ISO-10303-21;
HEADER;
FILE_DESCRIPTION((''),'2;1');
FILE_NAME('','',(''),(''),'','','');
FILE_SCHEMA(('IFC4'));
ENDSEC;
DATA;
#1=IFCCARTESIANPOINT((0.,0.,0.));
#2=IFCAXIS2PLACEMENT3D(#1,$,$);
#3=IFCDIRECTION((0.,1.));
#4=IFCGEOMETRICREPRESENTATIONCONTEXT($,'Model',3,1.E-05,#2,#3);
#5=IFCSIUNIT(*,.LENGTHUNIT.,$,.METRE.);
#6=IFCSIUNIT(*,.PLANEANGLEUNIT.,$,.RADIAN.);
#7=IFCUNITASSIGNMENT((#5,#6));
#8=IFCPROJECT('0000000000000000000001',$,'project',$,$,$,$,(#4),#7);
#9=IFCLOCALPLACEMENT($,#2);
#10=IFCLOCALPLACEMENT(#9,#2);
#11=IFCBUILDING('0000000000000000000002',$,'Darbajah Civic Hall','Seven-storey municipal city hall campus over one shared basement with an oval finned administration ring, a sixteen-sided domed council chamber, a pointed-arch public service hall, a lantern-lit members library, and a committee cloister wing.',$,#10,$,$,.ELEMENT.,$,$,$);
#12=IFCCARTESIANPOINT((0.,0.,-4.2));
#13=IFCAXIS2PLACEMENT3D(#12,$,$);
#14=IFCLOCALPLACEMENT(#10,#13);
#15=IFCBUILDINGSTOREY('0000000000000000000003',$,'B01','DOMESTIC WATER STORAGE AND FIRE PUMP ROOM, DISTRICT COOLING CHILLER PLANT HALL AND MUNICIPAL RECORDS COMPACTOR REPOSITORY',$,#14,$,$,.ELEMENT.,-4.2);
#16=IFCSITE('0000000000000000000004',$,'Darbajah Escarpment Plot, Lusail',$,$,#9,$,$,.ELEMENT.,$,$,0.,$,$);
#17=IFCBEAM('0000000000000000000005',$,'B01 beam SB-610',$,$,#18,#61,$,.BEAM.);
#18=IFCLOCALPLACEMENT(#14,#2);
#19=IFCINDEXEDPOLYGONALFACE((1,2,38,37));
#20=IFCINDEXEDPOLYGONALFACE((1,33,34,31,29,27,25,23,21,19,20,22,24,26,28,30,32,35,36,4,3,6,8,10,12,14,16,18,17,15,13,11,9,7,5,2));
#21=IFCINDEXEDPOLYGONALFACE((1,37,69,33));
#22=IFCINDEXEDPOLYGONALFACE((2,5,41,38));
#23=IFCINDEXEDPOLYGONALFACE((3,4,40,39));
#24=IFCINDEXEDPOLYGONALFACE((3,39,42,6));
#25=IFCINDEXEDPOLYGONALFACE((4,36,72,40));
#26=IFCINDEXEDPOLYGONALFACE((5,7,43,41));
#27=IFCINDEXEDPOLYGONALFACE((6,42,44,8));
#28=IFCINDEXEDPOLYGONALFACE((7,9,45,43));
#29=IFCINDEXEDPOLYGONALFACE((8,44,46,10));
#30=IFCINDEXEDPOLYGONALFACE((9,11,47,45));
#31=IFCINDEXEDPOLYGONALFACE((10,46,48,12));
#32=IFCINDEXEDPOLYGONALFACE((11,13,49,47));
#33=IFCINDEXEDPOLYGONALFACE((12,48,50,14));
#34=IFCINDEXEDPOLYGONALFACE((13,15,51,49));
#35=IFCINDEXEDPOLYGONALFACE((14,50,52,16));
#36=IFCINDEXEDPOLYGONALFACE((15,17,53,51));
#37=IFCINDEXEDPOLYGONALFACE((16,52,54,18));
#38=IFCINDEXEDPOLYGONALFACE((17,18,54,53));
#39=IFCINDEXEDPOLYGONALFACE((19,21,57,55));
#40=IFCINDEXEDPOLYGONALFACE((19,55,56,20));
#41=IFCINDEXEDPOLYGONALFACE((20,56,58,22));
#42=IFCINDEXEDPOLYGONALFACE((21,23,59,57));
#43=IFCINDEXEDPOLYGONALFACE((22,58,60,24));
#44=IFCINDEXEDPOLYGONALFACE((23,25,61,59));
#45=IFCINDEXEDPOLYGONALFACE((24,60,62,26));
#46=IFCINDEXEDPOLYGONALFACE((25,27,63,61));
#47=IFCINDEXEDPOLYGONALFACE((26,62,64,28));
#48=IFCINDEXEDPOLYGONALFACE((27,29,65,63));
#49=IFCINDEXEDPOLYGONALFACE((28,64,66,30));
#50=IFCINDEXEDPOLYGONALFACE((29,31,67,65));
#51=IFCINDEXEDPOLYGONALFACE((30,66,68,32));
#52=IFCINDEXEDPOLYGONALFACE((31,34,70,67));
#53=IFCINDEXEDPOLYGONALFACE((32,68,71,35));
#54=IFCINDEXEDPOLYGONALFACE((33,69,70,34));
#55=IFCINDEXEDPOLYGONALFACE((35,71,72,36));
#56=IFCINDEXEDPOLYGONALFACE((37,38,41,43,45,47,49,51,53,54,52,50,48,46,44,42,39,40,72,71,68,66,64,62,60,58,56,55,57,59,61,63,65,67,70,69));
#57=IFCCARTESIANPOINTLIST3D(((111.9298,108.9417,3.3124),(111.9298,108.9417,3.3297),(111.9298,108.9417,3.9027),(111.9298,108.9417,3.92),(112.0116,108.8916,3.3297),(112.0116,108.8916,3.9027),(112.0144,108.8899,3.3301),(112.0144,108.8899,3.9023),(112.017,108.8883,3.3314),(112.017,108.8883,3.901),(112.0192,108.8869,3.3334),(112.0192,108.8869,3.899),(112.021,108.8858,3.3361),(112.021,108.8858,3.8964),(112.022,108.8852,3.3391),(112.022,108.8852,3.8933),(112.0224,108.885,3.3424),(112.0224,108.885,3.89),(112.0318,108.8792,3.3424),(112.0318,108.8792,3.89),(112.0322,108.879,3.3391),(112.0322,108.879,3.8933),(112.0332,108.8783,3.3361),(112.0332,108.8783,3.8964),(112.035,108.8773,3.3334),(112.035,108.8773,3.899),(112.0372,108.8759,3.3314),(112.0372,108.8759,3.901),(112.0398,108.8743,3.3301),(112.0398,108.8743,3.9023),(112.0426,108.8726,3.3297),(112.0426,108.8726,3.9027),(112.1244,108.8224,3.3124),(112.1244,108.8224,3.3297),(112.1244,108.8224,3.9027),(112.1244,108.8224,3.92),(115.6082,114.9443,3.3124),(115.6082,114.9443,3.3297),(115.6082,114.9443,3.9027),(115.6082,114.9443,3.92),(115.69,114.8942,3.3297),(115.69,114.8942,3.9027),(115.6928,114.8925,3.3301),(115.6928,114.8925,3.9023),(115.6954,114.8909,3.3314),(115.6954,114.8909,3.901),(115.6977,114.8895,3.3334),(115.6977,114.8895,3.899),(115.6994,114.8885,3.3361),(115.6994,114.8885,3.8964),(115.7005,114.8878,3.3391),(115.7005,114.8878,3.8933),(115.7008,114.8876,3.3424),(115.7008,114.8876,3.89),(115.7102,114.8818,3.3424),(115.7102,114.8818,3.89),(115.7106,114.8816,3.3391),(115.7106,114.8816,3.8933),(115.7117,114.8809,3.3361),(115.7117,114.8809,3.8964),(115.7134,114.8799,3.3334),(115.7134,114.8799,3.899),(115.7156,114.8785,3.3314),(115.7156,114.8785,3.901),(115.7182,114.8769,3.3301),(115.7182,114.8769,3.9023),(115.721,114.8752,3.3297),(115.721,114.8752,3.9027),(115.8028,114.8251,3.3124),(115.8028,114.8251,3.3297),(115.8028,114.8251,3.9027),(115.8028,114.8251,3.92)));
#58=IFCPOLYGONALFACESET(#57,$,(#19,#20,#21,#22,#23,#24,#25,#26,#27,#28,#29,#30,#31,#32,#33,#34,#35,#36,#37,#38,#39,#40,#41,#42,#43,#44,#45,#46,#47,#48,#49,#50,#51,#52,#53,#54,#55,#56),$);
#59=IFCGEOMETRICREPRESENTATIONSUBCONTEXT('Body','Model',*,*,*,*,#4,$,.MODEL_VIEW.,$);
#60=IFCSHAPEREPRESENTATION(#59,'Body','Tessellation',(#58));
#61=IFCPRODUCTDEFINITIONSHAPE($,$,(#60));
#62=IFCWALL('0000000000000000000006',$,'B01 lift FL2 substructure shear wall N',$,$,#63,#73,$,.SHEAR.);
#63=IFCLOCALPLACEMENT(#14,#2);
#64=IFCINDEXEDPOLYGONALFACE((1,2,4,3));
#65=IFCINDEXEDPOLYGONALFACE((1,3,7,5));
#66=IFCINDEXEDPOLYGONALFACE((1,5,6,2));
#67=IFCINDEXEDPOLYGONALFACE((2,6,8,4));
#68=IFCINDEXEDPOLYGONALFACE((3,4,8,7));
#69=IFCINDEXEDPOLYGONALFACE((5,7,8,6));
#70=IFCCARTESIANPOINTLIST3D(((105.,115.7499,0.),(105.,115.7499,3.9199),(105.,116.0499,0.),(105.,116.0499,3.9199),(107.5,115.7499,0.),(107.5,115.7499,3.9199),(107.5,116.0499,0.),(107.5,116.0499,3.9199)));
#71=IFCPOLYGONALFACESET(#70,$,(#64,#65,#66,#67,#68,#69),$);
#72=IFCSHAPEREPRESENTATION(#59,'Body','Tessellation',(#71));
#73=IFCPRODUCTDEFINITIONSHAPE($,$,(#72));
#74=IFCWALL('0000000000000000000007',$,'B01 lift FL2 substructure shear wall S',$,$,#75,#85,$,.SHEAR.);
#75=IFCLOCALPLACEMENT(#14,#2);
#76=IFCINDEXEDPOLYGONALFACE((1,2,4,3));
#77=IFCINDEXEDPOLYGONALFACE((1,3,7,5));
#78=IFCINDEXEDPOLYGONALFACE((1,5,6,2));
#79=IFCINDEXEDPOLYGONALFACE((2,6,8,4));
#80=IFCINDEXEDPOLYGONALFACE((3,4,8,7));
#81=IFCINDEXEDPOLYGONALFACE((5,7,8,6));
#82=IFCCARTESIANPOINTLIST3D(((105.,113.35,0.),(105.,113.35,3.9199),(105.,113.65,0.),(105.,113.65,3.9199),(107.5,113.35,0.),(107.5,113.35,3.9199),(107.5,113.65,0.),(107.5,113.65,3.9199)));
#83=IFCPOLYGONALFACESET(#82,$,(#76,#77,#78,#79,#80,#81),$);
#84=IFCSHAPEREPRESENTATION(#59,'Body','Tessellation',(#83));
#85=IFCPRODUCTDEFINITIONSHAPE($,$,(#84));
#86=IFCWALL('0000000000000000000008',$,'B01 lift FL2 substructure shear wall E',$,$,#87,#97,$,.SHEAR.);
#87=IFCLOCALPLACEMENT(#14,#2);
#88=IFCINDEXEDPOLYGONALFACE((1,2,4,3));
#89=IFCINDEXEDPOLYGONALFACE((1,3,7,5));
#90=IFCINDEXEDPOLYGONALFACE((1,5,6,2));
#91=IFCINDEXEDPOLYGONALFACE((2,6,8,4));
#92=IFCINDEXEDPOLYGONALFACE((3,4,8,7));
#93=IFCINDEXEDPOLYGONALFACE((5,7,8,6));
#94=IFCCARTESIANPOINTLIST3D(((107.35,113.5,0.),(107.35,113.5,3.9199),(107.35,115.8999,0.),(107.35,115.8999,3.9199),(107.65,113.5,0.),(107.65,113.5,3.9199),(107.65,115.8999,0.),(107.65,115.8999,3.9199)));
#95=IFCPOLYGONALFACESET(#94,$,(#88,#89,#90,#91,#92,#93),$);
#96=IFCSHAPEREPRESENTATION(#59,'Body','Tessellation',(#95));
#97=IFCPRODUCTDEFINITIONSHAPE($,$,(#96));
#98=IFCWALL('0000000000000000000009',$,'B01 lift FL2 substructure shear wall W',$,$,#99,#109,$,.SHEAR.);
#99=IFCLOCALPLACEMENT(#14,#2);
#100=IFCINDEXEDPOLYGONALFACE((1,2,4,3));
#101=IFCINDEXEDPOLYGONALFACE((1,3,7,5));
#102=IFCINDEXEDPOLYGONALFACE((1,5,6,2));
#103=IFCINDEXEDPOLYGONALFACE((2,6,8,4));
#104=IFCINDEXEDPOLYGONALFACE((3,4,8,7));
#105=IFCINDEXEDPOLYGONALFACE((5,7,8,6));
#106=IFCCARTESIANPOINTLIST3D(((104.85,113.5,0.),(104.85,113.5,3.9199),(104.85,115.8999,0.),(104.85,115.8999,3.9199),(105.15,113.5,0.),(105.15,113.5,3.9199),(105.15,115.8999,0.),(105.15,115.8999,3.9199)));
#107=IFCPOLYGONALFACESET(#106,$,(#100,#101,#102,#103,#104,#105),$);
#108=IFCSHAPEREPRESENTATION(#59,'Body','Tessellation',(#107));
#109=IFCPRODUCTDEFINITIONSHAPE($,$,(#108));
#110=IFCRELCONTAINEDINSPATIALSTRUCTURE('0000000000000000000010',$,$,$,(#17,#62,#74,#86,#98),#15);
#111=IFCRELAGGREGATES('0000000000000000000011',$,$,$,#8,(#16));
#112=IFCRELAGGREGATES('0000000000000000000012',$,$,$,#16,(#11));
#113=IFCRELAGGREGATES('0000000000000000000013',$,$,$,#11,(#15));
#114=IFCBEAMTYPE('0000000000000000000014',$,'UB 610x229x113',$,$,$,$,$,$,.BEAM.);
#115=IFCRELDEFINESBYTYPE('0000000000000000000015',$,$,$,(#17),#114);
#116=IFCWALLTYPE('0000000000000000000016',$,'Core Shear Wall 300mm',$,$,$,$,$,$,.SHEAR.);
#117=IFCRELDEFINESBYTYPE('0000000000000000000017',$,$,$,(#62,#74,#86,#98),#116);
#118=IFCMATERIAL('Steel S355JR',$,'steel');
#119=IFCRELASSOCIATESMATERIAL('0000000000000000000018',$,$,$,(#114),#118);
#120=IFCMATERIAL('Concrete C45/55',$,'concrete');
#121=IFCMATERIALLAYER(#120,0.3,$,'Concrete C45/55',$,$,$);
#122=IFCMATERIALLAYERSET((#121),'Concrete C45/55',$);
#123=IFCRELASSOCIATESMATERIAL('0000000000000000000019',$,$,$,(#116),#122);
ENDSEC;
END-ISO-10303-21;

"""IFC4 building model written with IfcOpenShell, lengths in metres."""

from ifc_helpers import new_model, si_unit, direction, frame, frame_2d, origin, origin_2d, place, context, subcontext, project, spatial, rectangle, i_section, extrude, material, layer, layer_set, material_profile, profile_set, type_object, element, save


model = new_model("IFC4")

# Units and contexts
model_context = context("Model", 3, precision=1e-05, world=origin(), true_north=direction((0.0, 1.0)))
body_context = subcontext(model_context, "Body", "Model", "MODEL_VIEW")
ifc_project = project(units=[si_unit("LENGTHUNIT", "METRE"), si_unit("PLANEANGLEUNIT", "RADIAN")], contexts=[model_context])

# Site, building, storey
site_placement = place(None, origin())
site = spatial("IfcSite", under=ifc_project, at=site_placement, Name="Darbajah Escarpment Plot, Lusail", CompositionType="ELEMENT", RefElevation=0.0)
building_placement = place(site_placement, origin())
building = spatial("IfcBuilding", under=site, at=building_placement, Name="Darbajah Civic Hall", Description="Seven-storey municipal city hall campus over one shared basement with an oval finned administration ring, a sixteen-sided domed council chamber, a pointed-arch public service hall, a lantern-lit members library, and a committee cloister wing.", CompositionType="ELEMENT")
storey_placement = place(building_placement, frame((0.0, 0.0, -4.2)))
storey = spatial("IfcBuildingStorey", under=building, at=storey_placement, Name="B01", Description="DOMESTIC WATER STORAGE AND FIRE PUMP ROOM, DISTRICT COOLING CHILLER PLANT HALL AND MUNICIPAL RECORDS COMPACTOR REPOSITORY", CompositionType="ELEMENT", Elevation=-4.2)

# Shared definitions
ifc_material_1 = material(Name="Concrete C45/55", Category="concrete")

# Beam
ifc_material_2 = material(Name="Steel S355JR", Category="steel")
ifc_material_profile_1 = material_profile(ifc_material_2, i_section(OverallWidth=0.2283, OverallDepth=0.6077, WebThickness=0.011, FlangeThickness=0.0173, FilletRadius=0.0127, at=origin_2d()), Name="UB 610x229x113")
ifc_profile_set_1 = profile_set([ifc_material_profile_1], Name="Steel S355JR")
beam_type_1 = type_object("IfcBeamType", Name="UB 610x229x113", PredefinedType="BEAM", material=ifc_profile_set_1)
for number, where, z_axis, x_axis, name in (
    (1, (112.0271, 108.8821, 3.6162), (0.5225, 0.852639, 0.0), (-0.852639, 0.5225, 0.0), "B01 beam SB-610"),
):
    element("IfcBeam", number, at=place(storey_placement, frame(where, z_axis=z_axis, x_axis=x_axis)), inside=storey, type_object=beam_type_1, Name=name, PredefinedType="BEAM", context=body_context, shape_type="SweptSolid", body=[
        extrude(i_section(OverallWidth=0.2283, OverallDepth=0.6077, WebThickness=0.011, FlangeThickness=0.0173, FilletRadius=0.0127, at=origin_2d()), origin(), (0.0, 0.0, 1.0), 7.04),
    ])

# Walls
ifc_layer = layer(ifc_material_1, 0.3, Name="Concrete C45/55")
ifc_layer_set = layer_set([ifc_layer], Name="Concrete C45/55")
wall_type = type_object("IfcWallType", Name="Core Shear Wall 300mm", PredefinedType="SHEAR", material=ifc_layer_set)
for number, where, z_axis, x_axis, name in (
    (2, (107.5, 115.8999, 0.0), (0.0, 0.0, 1.0), (-1.0, 0.0, 0.0), "B01 lift FL2 substructure shear wall N"),
    (3, (105.0, 113.5, 0.0), (0.0, 0.0, 1.0), (1.0, 0.0, 0.0), "B01 lift FL2 substructure shear wall S"),
):
    element("IfcWall", number, at=place(storey_placement, frame(where, z_axis=z_axis, x_axis=x_axis)), inside=storey, type_object=wall_type, Name=name, PredefinedType="SHEAR", context=body_context, shape_type="SweptSolid", body=[
        extrude(rectangle(XDim=2.5, YDim=0.3, at=frame_2d((1.25, 0.0))), origin(), (0.0, 0.0, 1.0), 3.9199),
    ])
for number, where, z_axis, x_axis, name in (
    (4, (107.5, 113.5, 0.0), (0.0, 0.0, 1.0), (0.0, 1.0, 0.0), "B01 lift FL2 substructure shear wall E"),
    (5, (105.0, 115.8999, 0.0), (0.0, 0.0, 1.0), (0.0, -1.0, 0.0), "B01 lift FL2 substructure shear wall W"),
):
    element("IfcWall", number, at=place(storey_placement, frame(where, z_axis=z_axis, x_axis=x_axis)), inside=storey, type_object=wall_type, Name=name, PredefinedType="SHEAR", context=body_context, shape_type="SweptSolid", body=[
        extrude(rectangle(XDim=2.3999, YDim=0.3, at=frame_2d((1.2, 0.0))), origin(), (0.0, 0.0, 1.0), 3.9199),
    ])

save(model, "model.ifc")
